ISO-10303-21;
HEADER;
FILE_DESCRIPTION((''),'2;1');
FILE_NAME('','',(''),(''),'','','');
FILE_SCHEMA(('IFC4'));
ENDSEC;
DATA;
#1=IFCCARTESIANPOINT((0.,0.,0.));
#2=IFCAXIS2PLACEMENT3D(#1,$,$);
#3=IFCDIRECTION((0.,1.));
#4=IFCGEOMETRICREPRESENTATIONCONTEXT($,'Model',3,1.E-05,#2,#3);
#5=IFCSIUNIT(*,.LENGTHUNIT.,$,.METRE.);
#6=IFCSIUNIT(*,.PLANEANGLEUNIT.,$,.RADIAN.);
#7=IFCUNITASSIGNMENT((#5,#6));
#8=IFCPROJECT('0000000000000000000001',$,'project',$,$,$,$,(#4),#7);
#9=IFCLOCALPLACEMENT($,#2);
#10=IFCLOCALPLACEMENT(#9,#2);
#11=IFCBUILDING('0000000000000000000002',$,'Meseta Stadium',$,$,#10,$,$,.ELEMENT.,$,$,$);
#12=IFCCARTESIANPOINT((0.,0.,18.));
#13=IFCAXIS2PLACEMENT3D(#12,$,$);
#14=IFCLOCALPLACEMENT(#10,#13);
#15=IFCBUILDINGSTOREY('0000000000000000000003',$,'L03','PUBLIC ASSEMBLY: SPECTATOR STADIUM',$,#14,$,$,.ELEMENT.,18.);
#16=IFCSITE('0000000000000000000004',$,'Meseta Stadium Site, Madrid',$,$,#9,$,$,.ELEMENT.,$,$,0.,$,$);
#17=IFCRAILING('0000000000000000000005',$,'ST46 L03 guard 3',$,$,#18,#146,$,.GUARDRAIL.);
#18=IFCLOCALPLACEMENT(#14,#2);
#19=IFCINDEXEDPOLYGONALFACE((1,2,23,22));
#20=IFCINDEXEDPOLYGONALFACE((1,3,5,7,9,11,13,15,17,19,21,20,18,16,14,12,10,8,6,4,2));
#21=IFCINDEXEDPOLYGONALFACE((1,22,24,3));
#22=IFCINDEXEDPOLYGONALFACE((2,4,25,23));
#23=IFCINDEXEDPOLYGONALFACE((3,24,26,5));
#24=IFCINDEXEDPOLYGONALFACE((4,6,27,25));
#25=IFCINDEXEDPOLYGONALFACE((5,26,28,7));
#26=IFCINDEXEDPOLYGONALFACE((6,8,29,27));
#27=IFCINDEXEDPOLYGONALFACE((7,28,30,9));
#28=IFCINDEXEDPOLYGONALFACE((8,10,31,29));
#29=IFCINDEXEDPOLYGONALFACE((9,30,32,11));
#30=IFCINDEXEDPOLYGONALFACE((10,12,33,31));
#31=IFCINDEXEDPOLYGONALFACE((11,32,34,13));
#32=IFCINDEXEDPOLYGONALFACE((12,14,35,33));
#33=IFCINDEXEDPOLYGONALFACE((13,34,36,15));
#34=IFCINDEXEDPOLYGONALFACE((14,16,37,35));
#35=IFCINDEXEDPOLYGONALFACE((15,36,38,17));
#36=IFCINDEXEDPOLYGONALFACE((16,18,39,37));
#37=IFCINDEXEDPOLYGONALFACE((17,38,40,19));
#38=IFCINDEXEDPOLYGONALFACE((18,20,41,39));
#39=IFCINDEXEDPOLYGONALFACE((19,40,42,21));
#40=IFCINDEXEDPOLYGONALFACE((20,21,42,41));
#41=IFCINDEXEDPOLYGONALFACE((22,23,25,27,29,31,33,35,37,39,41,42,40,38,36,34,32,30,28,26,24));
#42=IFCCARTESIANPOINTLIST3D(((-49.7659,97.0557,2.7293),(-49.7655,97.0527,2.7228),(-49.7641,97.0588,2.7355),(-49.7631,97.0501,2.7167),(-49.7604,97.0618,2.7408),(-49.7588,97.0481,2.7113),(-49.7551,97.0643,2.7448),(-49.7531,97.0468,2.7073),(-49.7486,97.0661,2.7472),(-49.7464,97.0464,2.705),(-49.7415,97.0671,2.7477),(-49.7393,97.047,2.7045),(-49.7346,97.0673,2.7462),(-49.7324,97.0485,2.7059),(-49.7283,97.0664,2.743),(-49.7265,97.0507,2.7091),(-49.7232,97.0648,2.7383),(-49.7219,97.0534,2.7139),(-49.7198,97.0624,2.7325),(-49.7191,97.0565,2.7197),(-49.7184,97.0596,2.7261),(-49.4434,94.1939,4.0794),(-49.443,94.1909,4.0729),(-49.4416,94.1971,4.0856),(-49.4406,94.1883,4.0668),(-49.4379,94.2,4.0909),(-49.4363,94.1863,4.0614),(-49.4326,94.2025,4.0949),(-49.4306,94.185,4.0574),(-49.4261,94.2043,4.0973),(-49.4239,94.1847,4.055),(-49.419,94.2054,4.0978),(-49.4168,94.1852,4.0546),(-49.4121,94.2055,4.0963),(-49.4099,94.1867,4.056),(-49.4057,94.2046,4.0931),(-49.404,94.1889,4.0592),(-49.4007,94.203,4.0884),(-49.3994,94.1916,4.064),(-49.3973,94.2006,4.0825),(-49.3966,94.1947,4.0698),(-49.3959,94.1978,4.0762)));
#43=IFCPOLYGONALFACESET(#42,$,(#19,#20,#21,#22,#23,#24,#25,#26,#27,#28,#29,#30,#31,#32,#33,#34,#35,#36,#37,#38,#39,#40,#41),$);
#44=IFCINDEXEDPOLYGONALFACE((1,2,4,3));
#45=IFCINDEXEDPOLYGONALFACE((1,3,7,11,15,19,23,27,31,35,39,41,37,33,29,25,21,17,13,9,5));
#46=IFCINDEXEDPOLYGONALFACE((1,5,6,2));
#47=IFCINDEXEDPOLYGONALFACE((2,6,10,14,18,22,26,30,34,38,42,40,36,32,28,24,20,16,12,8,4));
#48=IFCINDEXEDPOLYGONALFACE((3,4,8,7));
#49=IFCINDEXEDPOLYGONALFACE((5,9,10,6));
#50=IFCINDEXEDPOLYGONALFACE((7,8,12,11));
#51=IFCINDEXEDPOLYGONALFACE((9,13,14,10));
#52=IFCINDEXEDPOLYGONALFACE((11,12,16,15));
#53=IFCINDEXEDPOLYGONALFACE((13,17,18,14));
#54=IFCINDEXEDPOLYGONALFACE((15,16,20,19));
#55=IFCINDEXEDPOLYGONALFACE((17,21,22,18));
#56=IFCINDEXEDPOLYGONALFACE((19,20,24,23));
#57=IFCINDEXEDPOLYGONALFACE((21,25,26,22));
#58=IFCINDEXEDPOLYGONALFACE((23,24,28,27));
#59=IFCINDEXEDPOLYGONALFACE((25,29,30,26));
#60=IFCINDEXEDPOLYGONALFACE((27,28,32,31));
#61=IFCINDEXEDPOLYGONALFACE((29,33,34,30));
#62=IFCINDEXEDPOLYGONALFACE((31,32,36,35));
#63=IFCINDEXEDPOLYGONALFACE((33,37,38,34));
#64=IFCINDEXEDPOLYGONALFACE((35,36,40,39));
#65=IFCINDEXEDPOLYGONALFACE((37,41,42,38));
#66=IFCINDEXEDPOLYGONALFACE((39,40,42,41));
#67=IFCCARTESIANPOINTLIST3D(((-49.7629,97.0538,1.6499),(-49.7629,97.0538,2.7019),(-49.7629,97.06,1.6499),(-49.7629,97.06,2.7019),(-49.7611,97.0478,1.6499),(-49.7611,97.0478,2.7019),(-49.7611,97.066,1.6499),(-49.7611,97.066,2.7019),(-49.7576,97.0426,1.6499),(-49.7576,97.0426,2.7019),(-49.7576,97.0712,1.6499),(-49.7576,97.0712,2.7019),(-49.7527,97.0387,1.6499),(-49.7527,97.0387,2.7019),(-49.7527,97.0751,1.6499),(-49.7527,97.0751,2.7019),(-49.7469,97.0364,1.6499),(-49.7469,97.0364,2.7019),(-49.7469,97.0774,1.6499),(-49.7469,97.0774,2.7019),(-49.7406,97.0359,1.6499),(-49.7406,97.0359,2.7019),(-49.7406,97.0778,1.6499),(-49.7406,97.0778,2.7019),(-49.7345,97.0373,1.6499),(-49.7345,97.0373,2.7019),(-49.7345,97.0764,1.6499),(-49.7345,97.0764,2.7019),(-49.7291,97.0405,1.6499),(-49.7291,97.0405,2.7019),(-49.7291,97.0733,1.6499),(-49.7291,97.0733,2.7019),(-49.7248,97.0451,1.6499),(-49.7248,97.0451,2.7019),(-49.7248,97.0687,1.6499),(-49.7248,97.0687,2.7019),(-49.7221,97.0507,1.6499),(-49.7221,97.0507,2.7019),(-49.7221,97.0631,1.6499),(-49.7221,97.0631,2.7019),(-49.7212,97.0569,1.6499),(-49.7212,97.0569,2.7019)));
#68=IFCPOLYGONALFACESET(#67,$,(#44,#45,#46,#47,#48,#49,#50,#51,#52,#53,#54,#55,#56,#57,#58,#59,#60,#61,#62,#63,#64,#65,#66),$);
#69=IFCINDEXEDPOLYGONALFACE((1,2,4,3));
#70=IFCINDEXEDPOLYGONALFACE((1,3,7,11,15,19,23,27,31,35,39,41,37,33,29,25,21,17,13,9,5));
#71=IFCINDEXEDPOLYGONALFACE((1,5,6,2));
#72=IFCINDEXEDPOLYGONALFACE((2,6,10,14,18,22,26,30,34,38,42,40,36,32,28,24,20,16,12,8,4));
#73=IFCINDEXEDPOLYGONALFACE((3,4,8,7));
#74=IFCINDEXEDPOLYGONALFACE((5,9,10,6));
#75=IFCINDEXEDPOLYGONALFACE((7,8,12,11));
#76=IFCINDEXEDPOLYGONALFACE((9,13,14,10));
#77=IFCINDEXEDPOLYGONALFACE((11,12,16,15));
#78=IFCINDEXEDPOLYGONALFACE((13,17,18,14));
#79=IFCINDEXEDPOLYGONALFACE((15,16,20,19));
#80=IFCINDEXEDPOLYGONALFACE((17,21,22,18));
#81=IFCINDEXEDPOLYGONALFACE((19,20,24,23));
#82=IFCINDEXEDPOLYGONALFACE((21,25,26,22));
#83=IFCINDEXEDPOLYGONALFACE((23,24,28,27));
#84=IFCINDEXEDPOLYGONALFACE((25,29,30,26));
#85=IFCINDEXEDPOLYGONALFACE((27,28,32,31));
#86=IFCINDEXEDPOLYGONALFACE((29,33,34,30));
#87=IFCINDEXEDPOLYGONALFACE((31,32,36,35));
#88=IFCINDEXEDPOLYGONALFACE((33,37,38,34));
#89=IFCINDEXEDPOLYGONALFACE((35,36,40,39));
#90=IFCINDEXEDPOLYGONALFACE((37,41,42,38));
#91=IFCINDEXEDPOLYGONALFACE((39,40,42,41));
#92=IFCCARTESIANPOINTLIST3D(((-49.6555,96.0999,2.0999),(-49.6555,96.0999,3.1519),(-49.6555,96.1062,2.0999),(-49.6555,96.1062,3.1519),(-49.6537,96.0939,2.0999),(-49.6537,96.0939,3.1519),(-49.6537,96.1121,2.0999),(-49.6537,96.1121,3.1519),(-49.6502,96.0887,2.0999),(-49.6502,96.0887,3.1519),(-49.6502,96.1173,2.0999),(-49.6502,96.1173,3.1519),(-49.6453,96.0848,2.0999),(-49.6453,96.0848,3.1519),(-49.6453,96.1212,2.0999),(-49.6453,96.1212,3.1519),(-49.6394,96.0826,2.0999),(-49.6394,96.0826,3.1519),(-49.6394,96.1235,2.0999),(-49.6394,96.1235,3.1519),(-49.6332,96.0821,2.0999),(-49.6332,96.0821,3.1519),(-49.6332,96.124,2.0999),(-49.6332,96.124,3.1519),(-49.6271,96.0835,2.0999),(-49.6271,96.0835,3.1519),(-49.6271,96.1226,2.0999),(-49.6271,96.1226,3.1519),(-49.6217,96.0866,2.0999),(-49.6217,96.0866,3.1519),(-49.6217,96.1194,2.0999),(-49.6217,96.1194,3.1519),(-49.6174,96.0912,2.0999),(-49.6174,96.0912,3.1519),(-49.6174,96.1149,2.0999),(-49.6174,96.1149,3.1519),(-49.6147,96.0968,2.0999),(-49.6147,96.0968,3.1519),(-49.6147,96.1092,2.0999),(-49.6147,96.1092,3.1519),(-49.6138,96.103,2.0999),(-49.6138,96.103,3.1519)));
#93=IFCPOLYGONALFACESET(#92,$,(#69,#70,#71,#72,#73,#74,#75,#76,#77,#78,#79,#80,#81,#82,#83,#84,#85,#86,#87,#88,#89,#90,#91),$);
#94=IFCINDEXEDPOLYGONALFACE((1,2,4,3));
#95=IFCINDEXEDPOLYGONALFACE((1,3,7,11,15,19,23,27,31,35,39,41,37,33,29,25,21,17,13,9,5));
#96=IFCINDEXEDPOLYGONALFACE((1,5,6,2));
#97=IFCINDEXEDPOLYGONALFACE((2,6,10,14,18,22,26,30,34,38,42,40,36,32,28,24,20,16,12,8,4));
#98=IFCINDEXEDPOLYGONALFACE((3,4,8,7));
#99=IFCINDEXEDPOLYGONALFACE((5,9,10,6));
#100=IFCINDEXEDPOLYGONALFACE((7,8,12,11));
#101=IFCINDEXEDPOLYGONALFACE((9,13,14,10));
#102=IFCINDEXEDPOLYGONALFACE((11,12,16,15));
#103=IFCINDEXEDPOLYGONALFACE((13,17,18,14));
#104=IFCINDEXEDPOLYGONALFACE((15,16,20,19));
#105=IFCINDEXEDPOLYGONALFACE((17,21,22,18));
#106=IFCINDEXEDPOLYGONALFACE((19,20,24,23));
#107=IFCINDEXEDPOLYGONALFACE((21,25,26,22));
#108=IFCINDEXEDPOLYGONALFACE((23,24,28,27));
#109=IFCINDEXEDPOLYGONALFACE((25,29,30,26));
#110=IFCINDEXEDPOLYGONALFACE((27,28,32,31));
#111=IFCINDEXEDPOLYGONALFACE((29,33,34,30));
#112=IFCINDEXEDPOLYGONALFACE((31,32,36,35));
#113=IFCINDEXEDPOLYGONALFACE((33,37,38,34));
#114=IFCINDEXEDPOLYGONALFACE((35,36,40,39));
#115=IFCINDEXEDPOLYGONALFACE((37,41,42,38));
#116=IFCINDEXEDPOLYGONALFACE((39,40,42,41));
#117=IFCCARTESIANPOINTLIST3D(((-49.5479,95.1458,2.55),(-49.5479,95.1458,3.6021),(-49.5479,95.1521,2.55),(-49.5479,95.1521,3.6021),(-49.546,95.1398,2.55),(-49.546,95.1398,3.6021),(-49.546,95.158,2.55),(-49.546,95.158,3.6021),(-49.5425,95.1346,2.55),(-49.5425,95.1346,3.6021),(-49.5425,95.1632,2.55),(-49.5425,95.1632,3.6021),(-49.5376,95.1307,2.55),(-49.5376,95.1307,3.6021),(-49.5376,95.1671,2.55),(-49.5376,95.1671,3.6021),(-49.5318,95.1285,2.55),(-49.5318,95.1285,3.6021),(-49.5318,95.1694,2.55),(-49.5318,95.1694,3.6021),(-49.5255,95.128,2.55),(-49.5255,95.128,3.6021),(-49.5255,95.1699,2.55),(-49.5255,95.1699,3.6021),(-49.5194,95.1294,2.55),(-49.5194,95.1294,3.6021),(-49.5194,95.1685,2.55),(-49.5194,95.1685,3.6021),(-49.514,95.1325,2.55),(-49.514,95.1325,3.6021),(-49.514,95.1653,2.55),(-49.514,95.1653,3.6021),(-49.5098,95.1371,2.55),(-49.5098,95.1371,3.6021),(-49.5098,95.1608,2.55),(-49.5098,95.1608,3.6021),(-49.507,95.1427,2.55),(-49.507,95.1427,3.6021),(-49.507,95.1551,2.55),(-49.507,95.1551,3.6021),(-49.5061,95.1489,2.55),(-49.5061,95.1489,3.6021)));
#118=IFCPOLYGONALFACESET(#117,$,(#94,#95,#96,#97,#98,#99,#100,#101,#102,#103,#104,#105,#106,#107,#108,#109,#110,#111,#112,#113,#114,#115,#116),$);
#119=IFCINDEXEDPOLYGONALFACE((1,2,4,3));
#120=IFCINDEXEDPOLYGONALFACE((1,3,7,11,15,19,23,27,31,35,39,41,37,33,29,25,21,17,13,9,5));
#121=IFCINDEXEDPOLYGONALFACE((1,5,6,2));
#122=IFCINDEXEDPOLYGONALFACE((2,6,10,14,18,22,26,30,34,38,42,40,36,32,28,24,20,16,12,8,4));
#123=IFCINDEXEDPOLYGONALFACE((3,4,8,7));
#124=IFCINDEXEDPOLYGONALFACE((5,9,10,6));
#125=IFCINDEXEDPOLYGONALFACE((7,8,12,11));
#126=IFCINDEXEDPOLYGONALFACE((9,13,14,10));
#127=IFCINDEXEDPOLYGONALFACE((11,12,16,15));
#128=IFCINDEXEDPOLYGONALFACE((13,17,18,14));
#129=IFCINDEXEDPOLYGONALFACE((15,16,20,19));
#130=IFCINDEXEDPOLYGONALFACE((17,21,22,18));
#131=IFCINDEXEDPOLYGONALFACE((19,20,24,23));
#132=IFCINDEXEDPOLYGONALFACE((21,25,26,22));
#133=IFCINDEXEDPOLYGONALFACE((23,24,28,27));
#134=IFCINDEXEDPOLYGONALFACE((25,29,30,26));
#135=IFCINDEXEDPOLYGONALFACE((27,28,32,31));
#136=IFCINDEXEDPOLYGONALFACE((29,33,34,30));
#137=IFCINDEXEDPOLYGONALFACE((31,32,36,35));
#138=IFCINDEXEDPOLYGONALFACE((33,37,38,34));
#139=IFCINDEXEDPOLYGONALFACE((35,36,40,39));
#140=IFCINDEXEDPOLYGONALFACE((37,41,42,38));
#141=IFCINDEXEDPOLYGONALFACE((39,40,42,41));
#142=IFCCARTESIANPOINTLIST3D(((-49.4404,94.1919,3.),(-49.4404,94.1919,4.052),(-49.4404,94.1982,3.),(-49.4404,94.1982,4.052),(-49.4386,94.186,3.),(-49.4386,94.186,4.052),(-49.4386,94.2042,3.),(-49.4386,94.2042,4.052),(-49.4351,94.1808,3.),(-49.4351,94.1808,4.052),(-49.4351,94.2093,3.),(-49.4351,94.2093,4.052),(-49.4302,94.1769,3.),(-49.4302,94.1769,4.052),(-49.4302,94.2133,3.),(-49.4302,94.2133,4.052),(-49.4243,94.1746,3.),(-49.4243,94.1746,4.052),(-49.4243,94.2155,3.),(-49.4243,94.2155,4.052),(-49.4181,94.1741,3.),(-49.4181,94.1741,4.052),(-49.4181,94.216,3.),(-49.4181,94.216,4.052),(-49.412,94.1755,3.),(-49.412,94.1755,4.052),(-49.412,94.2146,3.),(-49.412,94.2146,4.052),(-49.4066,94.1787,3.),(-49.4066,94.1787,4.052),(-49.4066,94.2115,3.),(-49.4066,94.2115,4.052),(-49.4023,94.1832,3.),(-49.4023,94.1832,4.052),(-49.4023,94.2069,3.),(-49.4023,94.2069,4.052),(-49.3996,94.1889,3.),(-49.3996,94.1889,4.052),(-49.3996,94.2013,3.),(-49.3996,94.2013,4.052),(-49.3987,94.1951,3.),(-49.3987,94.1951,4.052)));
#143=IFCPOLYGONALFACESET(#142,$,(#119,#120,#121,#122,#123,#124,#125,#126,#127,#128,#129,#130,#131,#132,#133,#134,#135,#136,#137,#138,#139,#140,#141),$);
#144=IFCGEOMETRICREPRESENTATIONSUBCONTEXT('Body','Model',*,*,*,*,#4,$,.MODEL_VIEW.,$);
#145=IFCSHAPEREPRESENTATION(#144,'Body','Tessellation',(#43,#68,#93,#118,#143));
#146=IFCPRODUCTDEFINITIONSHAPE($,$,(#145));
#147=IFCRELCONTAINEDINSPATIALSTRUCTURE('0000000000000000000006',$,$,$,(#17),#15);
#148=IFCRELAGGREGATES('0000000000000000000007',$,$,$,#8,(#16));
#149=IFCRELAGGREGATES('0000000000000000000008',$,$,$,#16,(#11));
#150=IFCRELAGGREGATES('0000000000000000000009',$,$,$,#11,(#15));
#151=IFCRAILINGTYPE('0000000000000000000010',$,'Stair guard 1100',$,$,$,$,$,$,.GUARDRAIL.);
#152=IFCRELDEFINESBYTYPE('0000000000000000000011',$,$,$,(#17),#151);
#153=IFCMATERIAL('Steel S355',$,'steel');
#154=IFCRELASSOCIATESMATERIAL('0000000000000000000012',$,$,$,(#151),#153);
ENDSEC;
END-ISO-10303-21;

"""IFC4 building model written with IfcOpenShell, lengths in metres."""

from ifc_helpers import new_model, si_unit, direction, frame, origin, origin_2d, place, context, subcontext, project, spatial, circle, extrude, material, type_object, element, save


model = new_model("IFC4")

# Units and contexts
model_context = context("Model", 3, precision=1e-05, world=origin(), true_north=direction((0.0, 1.0)))
body_context = subcontext(model_context, "Body", "Model", "MODEL_VIEW")
ifc_project = project(units=[si_unit("LENGTHUNIT", "METRE"), si_unit("PLANEANGLEUNIT", "RADIAN")], contexts=[model_context])

# Site, building, storey
site_placement = place(None, origin())
site = spatial("IfcSite", under=ifc_project, at=site_placement, Name="Meseta Stadium Site, Madrid", CompositionType="ELEMENT", RefElevation=0.0)
building_placement = place(site_placement, origin())
building = spatial("IfcBuilding", under=site, at=building_placement, Name="Meseta Stadium", CompositionType="ELEMENT")
storey_placement = place(building_placement, frame((0.0, 0.0, 18.0)))
storey = spatial("IfcBuildingStorey", under=building, at=storey_placement, Name="L03", Description="PUBLIC ASSEMBLY: SPECTATOR STADIUM", CompositionType="ELEMENT", Elevation=18.0)

# Railing
ifc_material_1 = material(Name="Steel S355", Category="steel")
railing_type = type_object("IfcRailingType", Name="Stair guard 1100", PredefinedType="GUARDRAIL", material=ifc_material_1)
railing_1_placement = place(storey_placement, frame((-49.7422, 97.0569, 1.6499)))
element("IfcRailing", 1, at=railing_1_placement, inside=storey, type_object=railing_type, Name="ST46 L03 guard 3", PredefinedType="GUARDRAIL", context=body_context, shape_type="SweptSolid", body=[
    extrude(circle(Radius=0.0239, at=origin_2d()), frame((0.0, 0.0, 1.0762), z_axis=(0.101396, -0.899748, 0.424467), x_axis=(0.99371, 0.111985, 0.0)), (0.0, 0.0, 1.0), 3.1807),
    extrude(circle(Radius=0.021, at=origin_2d()), origin(), (0.0, 0.0, 1.0), 1.052),
    extrude(circle(Radius=0.021, at=origin_2d()), frame((0.1074, -0.9539, 0.45)), (0.0, 0.0, 1.0), 1.052),
    extrude(circle(Radius=0.021, at=origin_2d()), frame((0.2151, -1.908, 0.9001)), (0.0, 0.0, 1.0), 1.052),
    extrude(circle(Radius=0.021, at=origin_2d()), frame((0.3225, -2.8618, 1.3501)), (0.0, 0.0, 1.0), 1.052),
])

save(model, "model.ifc")
